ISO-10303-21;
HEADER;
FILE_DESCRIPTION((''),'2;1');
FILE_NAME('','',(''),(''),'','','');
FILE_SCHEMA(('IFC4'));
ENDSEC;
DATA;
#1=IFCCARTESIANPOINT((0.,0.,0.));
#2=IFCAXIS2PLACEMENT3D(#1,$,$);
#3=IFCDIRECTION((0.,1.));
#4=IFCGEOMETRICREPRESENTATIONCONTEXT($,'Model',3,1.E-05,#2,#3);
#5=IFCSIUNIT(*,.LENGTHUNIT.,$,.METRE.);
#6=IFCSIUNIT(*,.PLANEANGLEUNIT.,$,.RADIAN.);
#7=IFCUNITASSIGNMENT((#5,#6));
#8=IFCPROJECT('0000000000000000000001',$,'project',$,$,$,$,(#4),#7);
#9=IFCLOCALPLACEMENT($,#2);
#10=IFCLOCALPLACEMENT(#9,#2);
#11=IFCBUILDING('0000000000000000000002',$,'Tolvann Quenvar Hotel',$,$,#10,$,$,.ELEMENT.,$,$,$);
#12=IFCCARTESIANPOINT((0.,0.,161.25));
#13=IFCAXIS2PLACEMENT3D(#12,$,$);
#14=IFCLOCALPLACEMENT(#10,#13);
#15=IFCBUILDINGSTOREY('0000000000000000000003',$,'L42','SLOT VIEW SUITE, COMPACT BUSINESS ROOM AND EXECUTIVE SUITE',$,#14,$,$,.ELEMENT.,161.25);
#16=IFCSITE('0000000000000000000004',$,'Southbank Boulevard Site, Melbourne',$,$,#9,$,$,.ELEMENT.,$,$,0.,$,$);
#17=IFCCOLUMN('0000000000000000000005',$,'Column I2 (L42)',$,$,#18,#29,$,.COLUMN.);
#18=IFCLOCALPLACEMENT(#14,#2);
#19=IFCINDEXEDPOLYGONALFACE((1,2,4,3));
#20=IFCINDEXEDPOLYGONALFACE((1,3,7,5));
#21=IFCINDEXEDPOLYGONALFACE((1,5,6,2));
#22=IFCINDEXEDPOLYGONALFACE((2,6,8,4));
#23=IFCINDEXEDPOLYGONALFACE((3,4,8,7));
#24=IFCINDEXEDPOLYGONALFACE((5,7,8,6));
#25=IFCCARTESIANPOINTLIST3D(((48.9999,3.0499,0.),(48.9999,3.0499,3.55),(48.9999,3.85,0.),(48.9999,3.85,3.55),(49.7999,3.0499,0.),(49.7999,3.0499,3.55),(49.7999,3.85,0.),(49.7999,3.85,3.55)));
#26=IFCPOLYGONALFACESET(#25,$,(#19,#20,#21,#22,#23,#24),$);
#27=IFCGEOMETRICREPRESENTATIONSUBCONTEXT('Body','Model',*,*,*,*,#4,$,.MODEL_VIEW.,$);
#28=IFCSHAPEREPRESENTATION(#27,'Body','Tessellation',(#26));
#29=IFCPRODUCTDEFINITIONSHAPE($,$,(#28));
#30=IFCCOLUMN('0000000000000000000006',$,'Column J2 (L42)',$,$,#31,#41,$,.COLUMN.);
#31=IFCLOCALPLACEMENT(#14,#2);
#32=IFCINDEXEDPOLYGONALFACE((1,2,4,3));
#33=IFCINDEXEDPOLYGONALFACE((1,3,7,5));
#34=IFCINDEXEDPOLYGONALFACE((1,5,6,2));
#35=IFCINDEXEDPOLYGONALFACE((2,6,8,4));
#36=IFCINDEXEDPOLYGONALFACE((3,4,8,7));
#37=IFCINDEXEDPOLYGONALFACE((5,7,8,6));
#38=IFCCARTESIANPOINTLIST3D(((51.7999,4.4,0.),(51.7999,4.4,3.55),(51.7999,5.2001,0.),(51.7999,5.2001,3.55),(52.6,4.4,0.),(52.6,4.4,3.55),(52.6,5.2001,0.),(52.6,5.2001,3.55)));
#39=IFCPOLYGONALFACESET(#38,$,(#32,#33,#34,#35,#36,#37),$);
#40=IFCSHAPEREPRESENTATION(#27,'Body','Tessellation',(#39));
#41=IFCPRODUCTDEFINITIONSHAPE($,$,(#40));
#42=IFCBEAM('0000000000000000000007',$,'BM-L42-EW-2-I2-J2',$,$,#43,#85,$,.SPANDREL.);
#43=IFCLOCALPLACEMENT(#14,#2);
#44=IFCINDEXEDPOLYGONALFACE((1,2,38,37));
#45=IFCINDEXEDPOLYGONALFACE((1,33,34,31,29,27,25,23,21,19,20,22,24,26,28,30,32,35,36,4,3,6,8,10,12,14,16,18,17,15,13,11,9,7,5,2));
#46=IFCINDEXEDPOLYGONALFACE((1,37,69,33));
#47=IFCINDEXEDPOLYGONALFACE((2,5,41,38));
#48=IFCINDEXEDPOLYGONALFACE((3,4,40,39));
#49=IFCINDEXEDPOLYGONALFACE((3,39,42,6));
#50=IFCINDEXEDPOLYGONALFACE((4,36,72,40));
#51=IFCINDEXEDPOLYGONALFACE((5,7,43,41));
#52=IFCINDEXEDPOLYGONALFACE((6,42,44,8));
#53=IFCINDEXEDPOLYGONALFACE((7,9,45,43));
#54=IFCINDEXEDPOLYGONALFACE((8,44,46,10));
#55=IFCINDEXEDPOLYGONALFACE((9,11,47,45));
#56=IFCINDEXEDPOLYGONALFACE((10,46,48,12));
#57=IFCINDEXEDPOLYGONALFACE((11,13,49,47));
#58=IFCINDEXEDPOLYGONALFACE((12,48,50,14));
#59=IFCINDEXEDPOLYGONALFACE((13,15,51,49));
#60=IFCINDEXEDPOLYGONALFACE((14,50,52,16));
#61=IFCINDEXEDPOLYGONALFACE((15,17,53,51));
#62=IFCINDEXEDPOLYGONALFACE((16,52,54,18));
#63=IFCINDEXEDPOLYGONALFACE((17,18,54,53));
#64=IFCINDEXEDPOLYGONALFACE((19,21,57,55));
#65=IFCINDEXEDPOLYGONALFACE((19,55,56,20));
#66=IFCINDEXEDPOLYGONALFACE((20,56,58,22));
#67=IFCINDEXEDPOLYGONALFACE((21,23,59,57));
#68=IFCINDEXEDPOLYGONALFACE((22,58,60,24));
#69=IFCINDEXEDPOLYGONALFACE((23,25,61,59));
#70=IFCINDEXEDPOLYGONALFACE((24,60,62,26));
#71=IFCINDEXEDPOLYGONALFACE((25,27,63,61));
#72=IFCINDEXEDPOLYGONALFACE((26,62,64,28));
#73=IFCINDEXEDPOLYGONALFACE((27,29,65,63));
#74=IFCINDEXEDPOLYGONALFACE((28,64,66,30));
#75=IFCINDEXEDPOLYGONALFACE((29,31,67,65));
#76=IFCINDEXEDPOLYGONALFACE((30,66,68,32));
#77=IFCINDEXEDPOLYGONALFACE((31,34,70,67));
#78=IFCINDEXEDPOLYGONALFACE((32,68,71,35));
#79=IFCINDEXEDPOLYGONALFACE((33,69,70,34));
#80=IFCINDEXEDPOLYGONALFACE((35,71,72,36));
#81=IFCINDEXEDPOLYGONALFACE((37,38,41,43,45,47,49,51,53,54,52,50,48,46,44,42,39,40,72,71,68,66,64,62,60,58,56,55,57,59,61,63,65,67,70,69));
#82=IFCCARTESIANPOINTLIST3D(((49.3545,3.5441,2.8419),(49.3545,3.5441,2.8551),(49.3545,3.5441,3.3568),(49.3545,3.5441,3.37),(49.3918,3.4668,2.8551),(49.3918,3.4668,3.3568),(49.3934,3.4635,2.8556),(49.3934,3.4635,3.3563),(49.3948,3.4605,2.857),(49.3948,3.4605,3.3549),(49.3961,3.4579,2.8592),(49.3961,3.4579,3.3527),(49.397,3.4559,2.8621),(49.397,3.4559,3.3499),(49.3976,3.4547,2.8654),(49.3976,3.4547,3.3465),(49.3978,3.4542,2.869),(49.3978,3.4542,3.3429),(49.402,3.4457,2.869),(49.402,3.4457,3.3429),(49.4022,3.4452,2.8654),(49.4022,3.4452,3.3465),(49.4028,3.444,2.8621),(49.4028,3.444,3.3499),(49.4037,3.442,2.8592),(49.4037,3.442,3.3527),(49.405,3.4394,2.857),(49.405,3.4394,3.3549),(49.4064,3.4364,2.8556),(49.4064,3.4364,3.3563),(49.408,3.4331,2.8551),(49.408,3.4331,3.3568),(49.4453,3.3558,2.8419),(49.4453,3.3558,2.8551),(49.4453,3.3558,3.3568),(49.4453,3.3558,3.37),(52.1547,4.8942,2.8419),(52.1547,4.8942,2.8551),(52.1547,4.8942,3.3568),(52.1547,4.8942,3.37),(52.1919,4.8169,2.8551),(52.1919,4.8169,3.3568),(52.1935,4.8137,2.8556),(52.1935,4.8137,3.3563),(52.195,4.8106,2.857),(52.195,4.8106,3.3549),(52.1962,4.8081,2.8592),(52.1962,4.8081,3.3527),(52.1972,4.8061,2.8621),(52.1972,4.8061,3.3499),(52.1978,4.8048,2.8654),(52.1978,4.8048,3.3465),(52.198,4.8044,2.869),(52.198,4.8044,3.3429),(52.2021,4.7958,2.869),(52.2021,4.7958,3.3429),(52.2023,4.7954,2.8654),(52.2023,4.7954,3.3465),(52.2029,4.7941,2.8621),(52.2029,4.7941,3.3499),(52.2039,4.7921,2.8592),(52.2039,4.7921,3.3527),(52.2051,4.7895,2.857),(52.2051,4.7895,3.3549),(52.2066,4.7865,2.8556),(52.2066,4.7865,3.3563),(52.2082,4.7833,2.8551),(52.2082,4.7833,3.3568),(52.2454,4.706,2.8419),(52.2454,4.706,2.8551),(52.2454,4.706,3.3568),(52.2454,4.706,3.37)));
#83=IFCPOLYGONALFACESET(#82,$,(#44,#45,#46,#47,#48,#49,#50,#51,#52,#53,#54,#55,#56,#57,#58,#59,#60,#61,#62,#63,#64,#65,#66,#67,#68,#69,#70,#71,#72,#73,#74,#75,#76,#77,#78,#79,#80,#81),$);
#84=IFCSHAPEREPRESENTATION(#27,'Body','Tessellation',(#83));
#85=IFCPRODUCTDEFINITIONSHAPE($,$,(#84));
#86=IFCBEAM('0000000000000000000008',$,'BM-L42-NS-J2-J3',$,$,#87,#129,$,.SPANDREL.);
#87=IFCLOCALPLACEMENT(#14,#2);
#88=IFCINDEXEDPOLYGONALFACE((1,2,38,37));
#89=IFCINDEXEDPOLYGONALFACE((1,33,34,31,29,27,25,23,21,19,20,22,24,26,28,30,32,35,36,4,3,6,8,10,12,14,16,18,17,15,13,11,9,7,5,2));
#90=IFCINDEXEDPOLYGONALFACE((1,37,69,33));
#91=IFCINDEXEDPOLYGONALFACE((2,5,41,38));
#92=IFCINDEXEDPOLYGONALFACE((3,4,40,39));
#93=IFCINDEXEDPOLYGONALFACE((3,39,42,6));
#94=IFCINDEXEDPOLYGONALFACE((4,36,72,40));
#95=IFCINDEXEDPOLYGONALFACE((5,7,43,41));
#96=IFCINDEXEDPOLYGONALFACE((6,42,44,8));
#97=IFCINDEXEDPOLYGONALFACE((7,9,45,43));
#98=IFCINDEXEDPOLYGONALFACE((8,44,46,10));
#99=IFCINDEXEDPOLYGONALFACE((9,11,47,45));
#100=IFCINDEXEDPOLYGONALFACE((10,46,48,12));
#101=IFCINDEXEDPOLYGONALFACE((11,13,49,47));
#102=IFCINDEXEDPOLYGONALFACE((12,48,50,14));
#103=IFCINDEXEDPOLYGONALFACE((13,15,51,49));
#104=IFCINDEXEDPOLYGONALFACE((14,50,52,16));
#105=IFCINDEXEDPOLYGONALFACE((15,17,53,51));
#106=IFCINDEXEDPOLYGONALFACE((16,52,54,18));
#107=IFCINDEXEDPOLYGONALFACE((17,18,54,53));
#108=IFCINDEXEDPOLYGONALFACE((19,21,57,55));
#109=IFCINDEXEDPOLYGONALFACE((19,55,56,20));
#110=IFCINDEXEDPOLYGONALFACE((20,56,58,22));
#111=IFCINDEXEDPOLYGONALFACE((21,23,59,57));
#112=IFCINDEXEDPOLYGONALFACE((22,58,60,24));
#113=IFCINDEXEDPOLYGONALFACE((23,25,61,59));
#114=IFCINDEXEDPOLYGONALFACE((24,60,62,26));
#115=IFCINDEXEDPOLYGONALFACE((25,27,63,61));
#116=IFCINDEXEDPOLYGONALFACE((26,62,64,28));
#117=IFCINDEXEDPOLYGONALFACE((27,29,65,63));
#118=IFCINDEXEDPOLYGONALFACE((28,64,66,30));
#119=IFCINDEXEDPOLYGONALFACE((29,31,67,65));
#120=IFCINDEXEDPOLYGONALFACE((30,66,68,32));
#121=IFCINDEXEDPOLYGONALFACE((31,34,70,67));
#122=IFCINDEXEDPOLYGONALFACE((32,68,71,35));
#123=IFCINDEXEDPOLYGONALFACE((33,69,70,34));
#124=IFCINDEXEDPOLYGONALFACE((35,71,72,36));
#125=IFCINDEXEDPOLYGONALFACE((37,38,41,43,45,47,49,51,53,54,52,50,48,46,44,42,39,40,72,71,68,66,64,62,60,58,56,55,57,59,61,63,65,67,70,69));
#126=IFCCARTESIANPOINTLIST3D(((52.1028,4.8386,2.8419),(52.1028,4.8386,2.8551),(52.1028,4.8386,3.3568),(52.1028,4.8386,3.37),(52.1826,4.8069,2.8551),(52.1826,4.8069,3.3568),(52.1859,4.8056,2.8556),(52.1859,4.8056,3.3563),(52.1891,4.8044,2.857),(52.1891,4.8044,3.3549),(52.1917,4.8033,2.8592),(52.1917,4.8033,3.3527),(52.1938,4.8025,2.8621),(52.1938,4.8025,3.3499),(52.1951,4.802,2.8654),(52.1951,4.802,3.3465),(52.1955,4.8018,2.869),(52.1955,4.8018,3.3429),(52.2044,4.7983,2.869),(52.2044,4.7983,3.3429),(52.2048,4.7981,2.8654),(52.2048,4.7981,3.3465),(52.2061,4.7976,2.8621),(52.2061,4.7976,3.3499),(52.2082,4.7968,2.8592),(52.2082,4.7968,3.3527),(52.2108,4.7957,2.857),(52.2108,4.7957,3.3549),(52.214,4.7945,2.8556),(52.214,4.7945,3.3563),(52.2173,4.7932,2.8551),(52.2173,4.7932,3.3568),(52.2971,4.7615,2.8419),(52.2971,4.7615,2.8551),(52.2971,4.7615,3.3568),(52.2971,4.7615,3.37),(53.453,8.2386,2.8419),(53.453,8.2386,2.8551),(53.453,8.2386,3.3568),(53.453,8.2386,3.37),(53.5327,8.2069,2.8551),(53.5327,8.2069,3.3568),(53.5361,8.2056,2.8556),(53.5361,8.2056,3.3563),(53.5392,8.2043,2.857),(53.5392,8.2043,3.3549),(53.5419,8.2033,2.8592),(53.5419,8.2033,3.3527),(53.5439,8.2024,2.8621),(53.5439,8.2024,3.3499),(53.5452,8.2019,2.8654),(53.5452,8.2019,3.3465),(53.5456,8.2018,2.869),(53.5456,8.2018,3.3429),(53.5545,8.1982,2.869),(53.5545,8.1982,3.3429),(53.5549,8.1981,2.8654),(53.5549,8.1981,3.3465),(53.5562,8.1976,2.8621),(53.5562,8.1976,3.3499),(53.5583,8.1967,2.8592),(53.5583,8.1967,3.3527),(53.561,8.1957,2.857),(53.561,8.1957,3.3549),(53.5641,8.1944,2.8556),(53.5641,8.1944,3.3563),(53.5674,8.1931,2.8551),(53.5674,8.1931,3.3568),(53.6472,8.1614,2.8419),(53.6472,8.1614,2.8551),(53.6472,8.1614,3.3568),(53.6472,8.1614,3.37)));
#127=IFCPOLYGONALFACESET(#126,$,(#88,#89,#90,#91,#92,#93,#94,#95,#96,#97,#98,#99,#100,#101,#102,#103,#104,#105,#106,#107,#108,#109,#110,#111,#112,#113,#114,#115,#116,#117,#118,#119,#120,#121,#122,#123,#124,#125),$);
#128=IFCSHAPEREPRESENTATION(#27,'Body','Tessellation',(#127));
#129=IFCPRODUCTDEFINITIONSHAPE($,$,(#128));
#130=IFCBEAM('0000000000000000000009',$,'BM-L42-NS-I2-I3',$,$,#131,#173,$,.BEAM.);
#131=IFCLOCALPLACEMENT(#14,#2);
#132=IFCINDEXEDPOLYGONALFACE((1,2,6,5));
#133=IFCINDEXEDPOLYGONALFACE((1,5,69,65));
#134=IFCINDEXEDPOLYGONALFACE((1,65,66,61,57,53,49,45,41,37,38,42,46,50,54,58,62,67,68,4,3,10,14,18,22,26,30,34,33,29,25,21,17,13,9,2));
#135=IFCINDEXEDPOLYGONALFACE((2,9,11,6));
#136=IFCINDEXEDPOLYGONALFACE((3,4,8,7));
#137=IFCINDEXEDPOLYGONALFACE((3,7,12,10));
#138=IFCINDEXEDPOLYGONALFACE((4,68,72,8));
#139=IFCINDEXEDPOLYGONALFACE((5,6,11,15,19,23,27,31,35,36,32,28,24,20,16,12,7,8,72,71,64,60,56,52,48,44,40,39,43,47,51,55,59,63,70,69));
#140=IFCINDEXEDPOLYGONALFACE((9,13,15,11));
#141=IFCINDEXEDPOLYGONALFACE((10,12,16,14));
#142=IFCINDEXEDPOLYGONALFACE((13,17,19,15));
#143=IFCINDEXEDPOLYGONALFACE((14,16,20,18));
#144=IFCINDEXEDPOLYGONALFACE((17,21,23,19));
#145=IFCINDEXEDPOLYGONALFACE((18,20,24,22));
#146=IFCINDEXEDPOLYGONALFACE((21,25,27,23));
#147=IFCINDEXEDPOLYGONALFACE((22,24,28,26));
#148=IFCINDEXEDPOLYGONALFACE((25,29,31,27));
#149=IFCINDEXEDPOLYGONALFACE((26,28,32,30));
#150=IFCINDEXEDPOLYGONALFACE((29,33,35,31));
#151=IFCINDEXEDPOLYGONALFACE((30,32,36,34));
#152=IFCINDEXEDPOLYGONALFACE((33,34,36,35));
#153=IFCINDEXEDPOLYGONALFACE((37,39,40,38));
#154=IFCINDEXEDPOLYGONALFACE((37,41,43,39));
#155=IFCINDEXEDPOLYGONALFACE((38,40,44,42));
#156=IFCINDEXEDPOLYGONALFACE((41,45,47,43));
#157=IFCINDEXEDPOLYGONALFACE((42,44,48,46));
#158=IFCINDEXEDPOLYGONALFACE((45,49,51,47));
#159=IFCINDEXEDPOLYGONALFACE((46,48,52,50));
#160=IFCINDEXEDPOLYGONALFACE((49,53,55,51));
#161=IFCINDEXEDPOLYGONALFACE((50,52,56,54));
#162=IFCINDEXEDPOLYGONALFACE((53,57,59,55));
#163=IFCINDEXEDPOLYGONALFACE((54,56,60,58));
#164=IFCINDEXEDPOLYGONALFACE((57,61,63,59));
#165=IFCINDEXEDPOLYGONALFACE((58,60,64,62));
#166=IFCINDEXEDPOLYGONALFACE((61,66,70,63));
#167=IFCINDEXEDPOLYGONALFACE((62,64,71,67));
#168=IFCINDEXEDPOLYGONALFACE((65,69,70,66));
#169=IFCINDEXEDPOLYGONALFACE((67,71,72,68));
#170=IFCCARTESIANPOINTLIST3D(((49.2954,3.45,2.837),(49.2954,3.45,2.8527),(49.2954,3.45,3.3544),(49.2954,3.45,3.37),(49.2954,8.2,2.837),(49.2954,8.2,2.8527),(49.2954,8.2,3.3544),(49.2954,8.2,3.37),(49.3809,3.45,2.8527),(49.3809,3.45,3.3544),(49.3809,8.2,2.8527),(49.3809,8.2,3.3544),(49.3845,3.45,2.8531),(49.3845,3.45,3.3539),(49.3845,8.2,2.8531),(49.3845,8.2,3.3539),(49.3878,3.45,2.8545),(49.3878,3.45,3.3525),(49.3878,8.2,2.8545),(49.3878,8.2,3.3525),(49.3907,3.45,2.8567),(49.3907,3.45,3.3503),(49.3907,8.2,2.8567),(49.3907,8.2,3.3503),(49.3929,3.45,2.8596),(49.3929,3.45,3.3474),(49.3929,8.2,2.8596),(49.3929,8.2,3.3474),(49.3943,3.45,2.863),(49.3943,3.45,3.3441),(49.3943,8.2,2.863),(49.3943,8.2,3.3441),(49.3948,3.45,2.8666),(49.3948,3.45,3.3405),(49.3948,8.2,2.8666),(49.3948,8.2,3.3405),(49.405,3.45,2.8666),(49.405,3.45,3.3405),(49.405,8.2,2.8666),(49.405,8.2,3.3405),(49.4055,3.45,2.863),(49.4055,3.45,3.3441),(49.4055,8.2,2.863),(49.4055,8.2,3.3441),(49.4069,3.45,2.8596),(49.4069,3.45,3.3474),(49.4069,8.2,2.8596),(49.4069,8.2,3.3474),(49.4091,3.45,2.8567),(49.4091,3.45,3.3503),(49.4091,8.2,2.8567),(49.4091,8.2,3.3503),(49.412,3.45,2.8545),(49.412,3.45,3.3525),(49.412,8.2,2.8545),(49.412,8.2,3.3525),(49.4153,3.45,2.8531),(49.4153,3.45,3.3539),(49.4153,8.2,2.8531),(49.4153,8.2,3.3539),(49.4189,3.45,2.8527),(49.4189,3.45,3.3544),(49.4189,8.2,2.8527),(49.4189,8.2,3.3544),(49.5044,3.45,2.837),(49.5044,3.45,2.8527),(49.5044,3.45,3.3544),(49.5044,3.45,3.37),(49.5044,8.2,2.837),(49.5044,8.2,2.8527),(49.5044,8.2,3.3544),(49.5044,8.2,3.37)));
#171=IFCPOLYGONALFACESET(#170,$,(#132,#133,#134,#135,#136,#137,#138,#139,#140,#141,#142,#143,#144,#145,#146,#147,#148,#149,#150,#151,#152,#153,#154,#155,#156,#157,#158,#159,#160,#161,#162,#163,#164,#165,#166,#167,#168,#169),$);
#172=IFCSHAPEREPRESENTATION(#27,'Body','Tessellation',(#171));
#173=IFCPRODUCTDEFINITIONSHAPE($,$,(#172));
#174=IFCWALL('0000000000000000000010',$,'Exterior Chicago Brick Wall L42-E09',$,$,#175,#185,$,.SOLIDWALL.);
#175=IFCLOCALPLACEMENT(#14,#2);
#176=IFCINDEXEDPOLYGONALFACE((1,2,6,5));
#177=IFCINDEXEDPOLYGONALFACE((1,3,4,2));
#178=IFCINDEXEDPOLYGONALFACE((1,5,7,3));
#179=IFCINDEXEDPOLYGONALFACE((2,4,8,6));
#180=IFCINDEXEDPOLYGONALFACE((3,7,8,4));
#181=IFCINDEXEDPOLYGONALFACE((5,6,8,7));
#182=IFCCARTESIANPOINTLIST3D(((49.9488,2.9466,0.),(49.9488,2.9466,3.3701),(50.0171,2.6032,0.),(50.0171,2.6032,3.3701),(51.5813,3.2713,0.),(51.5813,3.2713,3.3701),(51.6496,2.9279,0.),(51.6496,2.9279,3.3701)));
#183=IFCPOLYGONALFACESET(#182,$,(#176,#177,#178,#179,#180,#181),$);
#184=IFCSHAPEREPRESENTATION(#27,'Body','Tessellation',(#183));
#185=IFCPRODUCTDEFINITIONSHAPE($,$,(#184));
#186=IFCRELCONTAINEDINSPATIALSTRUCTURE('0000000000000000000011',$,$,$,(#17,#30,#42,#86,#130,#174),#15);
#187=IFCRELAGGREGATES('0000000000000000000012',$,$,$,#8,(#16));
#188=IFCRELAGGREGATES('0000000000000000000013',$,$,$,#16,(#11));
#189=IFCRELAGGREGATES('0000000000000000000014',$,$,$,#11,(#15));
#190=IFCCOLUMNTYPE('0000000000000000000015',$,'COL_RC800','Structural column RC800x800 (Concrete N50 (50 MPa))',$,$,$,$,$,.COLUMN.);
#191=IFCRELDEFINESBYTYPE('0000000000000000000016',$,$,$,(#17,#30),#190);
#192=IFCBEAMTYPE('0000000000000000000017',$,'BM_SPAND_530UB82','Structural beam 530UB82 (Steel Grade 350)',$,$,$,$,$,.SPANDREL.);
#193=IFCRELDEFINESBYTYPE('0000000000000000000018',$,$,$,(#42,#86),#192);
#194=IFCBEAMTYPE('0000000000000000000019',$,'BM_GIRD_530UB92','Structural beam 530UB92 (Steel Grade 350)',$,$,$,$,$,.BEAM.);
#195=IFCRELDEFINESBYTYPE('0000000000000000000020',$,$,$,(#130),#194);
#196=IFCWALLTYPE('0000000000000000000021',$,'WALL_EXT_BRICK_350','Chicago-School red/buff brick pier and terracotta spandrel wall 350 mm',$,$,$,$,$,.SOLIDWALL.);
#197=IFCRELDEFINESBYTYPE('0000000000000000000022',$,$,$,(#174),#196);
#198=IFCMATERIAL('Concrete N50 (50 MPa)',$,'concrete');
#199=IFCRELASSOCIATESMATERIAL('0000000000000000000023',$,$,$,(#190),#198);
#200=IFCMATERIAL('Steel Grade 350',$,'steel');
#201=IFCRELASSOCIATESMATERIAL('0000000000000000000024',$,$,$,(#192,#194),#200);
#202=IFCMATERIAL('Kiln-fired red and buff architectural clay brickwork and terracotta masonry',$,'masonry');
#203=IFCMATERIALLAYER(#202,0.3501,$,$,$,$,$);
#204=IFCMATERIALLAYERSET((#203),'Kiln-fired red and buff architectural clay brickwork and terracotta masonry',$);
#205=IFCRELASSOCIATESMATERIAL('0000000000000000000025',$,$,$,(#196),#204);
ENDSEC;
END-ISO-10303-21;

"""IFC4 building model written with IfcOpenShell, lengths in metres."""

from ifc_helpers import new_model, si_unit, direction, frame, frame_2d, origin, origin_2d, place, context, subcontext, project, spatial, rectangle, i_section, extrude, source, transform, mapped, material, layer, layer_set, material_profile, profile_set, type_object, type_shapes, element, save


model = new_model("IFC4")

# Units and contexts
model_context = context("Model", 3, precision=1e-05, world=origin(), true_north=direction((0.0, 1.0)))
body_context = subcontext(model_context, "Body", "Model", "MODEL_VIEW")
ifc_project = project(units=[si_unit("LENGTHUNIT", "METRE"), si_unit("PLANEANGLEUNIT", "RADIAN")], contexts=[model_context])

# Site, building, storey
site_placement = place(None, origin())
site = spatial("IfcSite", under=ifc_project, at=site_placement, Name="Southbank Boulevard Site, Melbourne", CompositionType="ELEMENT", RefElevation=0.0)
building_placement = place(site_placement, origin())
building = spatial("IfcBuilding", under=site, at=building_placement, Name="Tolvann Quenvar Hotel", CompositionType="ELEMENT")
storey_placement = place(building_placement, frame((0.0, 0.0, 161.25)))
storey = spatial("IfcBuildingStorey", under=building, at=storey_placement, Name="L42", Description="SLOT VIEW SUITE, COMPACT BUSINESS ROOM AND EXECUTIVE SUITE", CompositionType="ELEMENT", Elevation=161.25)

# Columns
ifc_material_1 = material(Name="Concrete N50 (50 MPa)", Category="concrete")
ifc_material_profile_1 = material_profile(ifc_material_1, rectangle(XDim=0.8, YDim=0.8, at=origin_2d()), Name="RC800x800")
ifc_profile_set_1 = profile_set([ifc_material_profile_1], Name="Concrete N50 (50 MPa)")
column_type = type_object("IfcColumnType", Name="COL_RC800", Description="Structural column RC800x800 (Concrete N50 (50 MPa))", PredefinedType="COLUMN", material=ifc_profile_set_1)
shared_shape_1 = source(origin(), body_context, "Body", "SweptSolid", [
    extrude(rectangle(XDim=0.8, YDim=0.8, at=origin_2d()), origin(), (0.0, 0.0, 1.0), 3.55),
])
type_shapes(column_type, [shared_shape_1])
for number, where, z_axis, x_axis, name in (
    (1, (49.3999, 3.45, 0.0), (0.0, 0.0, 1.0), (1.0, 0.0, 0.0), "Column I2 (L42)"),
    (2, (52.2, 4.8, 0.0), (0.0, 0.0, 1.0), (1.0, 0.0, 0.0), "Column J2 (L42)"),
):
    element("IfcColumn", number, at=place(storey_placement, frame(where, z_axis=z_axis, x_axis=x_axis)), inside=storey, type_object=column_type, Name=name, PredefinedType="COLUMN", context=body_context, shape_type="MappedRepresentation", body=[
        mapped(shared_shape_1, transform((0.0, 0.0, 0.0), x_axis=(1.0, 0.0, 0.0), y_axis=(0.0, 1.0, 0.0), z_axis=(0.0, 0.0, 1.0), scale=1.0)),
    ])

# Beams
ifc_material_2 = material(Name="Steel Grade 350", Category="steel")
ifc_material_profile_2 = material_profile(ifc_material_2, i_section(OverallWidth=0.209, OverallDepth=0.5281, WebThickness=0.0095, FlangeThickness=0.0132, FilletRadius=0.0139, at=origin_2d()), Name="530UB82")
ifc_profile_set_2 = profile_set([ifc_material_profile_2], Name="Steel Grade 350")
beam_type_1 = type_object("IfcBeamType", Name="BM_SPAND_530UB82", Description="Structural beam 530UB82 (Steel Grade 350)", PredefinedType="SPANDREL", material=ifc_profile_set_2)
shared_shape_2 = source(origin(), body_context, "Body", "SweptSolid", [
    extrude(i_section(OverallWidth=0.209, OverallDepth=0.5281, WebThickness=0.0095, FlangeThickness=0.0132, FilletRadius=0.0139, at=origin_2d()), origin(), (0.0, 0.0, 1.0), 3.1086),
])
beam_1_placement = place(storey_placement, frame((49.3999, 3.45, 3.106), z_axis=(0.900759, 0.434319, 0.0), x_axis=(-0.434319, 0.900759, 0.0)))
element("IfcBeam", 3, at=beam_1_placement, inside=storey, type_object=beam_type_1, Name="BM-L42-EW-2-I2-J2", PredefinedType="SPANDREL", context=body_context, shape_type="MappedRepresentation", body=[
    mapped(shared_shape_2, transform((0.0, 0.0, 0.0), x_axis=(1.0, 0.0, 0.0), y_axis=(0.0, 1.0, 0.0), z_axis=(0.0, 0.0, 1.0), scale=1.0)),
])
shared_shape_3 = source(origin(), body_context, "Body", "SweptSolid", [
    extrude(i_section(OverallWidth=0.209, OverallDepth=0.5281, WebThickness=0.0095, FlangeThickness=0.0132, FilletRadius=0.0139, at=origin_2d()), origin(), (0.0, 0.0, 1.0), 3.6582),
])
type_shapes(beam_type_1, [shared_shape_2, shared_shape_3])
beam_2_placement = place(storey_placement, frame((52.2, 4.8, 3.106), z_axis=(0.369065, 0.929404, 0.0), x_axis=(-0.929404, 0.369065, 0.0)))
element("IfcBeam", 4, at=beam_2_placement, inside=storey, type_object=beam_type_1, Name="BM-L42-NS-J2-J3", PredefinedType="SPANDREL", context=body_context, shape_type="MappedRepresentation", body=[
    mapped(shared_shape_3, transform((0.0, 0.0, 0.0), x_axis=(1.0, 0.0, 0.0), y_axis=(0.0, 1.0, 0.0), z_axis=(0.0, 0.0, 1.0), scale=1.0)),
])
ifc_material_profile_3 = material_profile(ifc_material_2, i_section(OverallWidth=0.209, OverallDepth=0.533, WebThickness=0.0103, FlangeThickness=0.0156, FilletRadius=0.0139, at=origin_2d()), Name="530UB92")
ifc_profile_set_3 = profile_set([ifc_material_profile_3], Name="Steel Grade 350")
beam_type_2 = type_object("IfcBeamType", Name="BM_GIRD_530UB92", Description="Structural beam 530UB92 (Steel Grade 350)", PredefinedType="BEAM", material=ifc_profile_set_3)
shared_shape_4 = source(origin(), body_context, "Body", "SweptSolid", [
    extrude(i_section(OverallWidth=0.209, OverallDepth=0.533, WebThickness=0.0103, FlangeThickness=0.0156, FilletRadius=0.0139, at=origin_2d()), origin(), (0.0, 0.0, 1.0), 4.75),
])
type_shapes(beam_type_2, [shared_shape_4])
beam_3_placement = place(storey_placement, frame((49.3999, 3.45, 3.1035), z_axis=(0.0, 1.0, 0.0), x_axis=(-1.0, 0.0, 0.0)))
element("IfcBeam", 5, at=beam_3_placement, inside=storey, type_object=beam_type_2, Name="BM-L42-NS-I2-I3", PredefinedType="BEAM", context=body_context, shape_type="MappedRepresentation", body=[
    mapped(shared_shape_4, transform((0.0, 0.0, 0.0), x_axis=(1.0, 0.0, 0.0), y_axis=(0.0, 1.0, 0.0), z_axis=(0.0, 0.0, 1.0), scale=1.0)),
])

# Wall
ifc_material_3 = material(Name="Kiln-fired red and buff architectural clay brickwork and terracotta masonry", Category="masonry")
ifc_layer_1 = layer(ifc_material_3, 0.3501)
ifc_layer_set_1 = layer_set([ifc_layer_1], Name="Kiln-fired red and buff architectural clay brickwork and terracotta masonry")
wall_type_1 = type_object("IfcWallType", Name="WALL_EXT_BRICK_350", Description="Chicago-School red/buff brick pier and terracotta spandrel wall 350 mm", PredefinedType="SOLIDWALL", material=ifc_layer_set_1)
wall_1_placement = place(storey_placement, frame((49.9829, 2.7749, 0.0), z_axis=(0.0, 0.0, 1.0), x_axis=(0.980789, 0.195072, 0.0)))
element("IfcWall", 6, at=wall_1_placement, inside=storey, type_object=wall_type_1, Name="Exterior Chicago Brick Wall L42-E09", PredefinedType="SOLIDWALL", context=body_context, shape_type="SweptSolid", body=[
    extrude(rectangle(XDim=1.6646, YDim=0.3501, at=frame_2d((0.8323, 0.0))), origin(), (0.0, 0.0, 1.0), 3.3701),
])

save(model, "model.ifc")
